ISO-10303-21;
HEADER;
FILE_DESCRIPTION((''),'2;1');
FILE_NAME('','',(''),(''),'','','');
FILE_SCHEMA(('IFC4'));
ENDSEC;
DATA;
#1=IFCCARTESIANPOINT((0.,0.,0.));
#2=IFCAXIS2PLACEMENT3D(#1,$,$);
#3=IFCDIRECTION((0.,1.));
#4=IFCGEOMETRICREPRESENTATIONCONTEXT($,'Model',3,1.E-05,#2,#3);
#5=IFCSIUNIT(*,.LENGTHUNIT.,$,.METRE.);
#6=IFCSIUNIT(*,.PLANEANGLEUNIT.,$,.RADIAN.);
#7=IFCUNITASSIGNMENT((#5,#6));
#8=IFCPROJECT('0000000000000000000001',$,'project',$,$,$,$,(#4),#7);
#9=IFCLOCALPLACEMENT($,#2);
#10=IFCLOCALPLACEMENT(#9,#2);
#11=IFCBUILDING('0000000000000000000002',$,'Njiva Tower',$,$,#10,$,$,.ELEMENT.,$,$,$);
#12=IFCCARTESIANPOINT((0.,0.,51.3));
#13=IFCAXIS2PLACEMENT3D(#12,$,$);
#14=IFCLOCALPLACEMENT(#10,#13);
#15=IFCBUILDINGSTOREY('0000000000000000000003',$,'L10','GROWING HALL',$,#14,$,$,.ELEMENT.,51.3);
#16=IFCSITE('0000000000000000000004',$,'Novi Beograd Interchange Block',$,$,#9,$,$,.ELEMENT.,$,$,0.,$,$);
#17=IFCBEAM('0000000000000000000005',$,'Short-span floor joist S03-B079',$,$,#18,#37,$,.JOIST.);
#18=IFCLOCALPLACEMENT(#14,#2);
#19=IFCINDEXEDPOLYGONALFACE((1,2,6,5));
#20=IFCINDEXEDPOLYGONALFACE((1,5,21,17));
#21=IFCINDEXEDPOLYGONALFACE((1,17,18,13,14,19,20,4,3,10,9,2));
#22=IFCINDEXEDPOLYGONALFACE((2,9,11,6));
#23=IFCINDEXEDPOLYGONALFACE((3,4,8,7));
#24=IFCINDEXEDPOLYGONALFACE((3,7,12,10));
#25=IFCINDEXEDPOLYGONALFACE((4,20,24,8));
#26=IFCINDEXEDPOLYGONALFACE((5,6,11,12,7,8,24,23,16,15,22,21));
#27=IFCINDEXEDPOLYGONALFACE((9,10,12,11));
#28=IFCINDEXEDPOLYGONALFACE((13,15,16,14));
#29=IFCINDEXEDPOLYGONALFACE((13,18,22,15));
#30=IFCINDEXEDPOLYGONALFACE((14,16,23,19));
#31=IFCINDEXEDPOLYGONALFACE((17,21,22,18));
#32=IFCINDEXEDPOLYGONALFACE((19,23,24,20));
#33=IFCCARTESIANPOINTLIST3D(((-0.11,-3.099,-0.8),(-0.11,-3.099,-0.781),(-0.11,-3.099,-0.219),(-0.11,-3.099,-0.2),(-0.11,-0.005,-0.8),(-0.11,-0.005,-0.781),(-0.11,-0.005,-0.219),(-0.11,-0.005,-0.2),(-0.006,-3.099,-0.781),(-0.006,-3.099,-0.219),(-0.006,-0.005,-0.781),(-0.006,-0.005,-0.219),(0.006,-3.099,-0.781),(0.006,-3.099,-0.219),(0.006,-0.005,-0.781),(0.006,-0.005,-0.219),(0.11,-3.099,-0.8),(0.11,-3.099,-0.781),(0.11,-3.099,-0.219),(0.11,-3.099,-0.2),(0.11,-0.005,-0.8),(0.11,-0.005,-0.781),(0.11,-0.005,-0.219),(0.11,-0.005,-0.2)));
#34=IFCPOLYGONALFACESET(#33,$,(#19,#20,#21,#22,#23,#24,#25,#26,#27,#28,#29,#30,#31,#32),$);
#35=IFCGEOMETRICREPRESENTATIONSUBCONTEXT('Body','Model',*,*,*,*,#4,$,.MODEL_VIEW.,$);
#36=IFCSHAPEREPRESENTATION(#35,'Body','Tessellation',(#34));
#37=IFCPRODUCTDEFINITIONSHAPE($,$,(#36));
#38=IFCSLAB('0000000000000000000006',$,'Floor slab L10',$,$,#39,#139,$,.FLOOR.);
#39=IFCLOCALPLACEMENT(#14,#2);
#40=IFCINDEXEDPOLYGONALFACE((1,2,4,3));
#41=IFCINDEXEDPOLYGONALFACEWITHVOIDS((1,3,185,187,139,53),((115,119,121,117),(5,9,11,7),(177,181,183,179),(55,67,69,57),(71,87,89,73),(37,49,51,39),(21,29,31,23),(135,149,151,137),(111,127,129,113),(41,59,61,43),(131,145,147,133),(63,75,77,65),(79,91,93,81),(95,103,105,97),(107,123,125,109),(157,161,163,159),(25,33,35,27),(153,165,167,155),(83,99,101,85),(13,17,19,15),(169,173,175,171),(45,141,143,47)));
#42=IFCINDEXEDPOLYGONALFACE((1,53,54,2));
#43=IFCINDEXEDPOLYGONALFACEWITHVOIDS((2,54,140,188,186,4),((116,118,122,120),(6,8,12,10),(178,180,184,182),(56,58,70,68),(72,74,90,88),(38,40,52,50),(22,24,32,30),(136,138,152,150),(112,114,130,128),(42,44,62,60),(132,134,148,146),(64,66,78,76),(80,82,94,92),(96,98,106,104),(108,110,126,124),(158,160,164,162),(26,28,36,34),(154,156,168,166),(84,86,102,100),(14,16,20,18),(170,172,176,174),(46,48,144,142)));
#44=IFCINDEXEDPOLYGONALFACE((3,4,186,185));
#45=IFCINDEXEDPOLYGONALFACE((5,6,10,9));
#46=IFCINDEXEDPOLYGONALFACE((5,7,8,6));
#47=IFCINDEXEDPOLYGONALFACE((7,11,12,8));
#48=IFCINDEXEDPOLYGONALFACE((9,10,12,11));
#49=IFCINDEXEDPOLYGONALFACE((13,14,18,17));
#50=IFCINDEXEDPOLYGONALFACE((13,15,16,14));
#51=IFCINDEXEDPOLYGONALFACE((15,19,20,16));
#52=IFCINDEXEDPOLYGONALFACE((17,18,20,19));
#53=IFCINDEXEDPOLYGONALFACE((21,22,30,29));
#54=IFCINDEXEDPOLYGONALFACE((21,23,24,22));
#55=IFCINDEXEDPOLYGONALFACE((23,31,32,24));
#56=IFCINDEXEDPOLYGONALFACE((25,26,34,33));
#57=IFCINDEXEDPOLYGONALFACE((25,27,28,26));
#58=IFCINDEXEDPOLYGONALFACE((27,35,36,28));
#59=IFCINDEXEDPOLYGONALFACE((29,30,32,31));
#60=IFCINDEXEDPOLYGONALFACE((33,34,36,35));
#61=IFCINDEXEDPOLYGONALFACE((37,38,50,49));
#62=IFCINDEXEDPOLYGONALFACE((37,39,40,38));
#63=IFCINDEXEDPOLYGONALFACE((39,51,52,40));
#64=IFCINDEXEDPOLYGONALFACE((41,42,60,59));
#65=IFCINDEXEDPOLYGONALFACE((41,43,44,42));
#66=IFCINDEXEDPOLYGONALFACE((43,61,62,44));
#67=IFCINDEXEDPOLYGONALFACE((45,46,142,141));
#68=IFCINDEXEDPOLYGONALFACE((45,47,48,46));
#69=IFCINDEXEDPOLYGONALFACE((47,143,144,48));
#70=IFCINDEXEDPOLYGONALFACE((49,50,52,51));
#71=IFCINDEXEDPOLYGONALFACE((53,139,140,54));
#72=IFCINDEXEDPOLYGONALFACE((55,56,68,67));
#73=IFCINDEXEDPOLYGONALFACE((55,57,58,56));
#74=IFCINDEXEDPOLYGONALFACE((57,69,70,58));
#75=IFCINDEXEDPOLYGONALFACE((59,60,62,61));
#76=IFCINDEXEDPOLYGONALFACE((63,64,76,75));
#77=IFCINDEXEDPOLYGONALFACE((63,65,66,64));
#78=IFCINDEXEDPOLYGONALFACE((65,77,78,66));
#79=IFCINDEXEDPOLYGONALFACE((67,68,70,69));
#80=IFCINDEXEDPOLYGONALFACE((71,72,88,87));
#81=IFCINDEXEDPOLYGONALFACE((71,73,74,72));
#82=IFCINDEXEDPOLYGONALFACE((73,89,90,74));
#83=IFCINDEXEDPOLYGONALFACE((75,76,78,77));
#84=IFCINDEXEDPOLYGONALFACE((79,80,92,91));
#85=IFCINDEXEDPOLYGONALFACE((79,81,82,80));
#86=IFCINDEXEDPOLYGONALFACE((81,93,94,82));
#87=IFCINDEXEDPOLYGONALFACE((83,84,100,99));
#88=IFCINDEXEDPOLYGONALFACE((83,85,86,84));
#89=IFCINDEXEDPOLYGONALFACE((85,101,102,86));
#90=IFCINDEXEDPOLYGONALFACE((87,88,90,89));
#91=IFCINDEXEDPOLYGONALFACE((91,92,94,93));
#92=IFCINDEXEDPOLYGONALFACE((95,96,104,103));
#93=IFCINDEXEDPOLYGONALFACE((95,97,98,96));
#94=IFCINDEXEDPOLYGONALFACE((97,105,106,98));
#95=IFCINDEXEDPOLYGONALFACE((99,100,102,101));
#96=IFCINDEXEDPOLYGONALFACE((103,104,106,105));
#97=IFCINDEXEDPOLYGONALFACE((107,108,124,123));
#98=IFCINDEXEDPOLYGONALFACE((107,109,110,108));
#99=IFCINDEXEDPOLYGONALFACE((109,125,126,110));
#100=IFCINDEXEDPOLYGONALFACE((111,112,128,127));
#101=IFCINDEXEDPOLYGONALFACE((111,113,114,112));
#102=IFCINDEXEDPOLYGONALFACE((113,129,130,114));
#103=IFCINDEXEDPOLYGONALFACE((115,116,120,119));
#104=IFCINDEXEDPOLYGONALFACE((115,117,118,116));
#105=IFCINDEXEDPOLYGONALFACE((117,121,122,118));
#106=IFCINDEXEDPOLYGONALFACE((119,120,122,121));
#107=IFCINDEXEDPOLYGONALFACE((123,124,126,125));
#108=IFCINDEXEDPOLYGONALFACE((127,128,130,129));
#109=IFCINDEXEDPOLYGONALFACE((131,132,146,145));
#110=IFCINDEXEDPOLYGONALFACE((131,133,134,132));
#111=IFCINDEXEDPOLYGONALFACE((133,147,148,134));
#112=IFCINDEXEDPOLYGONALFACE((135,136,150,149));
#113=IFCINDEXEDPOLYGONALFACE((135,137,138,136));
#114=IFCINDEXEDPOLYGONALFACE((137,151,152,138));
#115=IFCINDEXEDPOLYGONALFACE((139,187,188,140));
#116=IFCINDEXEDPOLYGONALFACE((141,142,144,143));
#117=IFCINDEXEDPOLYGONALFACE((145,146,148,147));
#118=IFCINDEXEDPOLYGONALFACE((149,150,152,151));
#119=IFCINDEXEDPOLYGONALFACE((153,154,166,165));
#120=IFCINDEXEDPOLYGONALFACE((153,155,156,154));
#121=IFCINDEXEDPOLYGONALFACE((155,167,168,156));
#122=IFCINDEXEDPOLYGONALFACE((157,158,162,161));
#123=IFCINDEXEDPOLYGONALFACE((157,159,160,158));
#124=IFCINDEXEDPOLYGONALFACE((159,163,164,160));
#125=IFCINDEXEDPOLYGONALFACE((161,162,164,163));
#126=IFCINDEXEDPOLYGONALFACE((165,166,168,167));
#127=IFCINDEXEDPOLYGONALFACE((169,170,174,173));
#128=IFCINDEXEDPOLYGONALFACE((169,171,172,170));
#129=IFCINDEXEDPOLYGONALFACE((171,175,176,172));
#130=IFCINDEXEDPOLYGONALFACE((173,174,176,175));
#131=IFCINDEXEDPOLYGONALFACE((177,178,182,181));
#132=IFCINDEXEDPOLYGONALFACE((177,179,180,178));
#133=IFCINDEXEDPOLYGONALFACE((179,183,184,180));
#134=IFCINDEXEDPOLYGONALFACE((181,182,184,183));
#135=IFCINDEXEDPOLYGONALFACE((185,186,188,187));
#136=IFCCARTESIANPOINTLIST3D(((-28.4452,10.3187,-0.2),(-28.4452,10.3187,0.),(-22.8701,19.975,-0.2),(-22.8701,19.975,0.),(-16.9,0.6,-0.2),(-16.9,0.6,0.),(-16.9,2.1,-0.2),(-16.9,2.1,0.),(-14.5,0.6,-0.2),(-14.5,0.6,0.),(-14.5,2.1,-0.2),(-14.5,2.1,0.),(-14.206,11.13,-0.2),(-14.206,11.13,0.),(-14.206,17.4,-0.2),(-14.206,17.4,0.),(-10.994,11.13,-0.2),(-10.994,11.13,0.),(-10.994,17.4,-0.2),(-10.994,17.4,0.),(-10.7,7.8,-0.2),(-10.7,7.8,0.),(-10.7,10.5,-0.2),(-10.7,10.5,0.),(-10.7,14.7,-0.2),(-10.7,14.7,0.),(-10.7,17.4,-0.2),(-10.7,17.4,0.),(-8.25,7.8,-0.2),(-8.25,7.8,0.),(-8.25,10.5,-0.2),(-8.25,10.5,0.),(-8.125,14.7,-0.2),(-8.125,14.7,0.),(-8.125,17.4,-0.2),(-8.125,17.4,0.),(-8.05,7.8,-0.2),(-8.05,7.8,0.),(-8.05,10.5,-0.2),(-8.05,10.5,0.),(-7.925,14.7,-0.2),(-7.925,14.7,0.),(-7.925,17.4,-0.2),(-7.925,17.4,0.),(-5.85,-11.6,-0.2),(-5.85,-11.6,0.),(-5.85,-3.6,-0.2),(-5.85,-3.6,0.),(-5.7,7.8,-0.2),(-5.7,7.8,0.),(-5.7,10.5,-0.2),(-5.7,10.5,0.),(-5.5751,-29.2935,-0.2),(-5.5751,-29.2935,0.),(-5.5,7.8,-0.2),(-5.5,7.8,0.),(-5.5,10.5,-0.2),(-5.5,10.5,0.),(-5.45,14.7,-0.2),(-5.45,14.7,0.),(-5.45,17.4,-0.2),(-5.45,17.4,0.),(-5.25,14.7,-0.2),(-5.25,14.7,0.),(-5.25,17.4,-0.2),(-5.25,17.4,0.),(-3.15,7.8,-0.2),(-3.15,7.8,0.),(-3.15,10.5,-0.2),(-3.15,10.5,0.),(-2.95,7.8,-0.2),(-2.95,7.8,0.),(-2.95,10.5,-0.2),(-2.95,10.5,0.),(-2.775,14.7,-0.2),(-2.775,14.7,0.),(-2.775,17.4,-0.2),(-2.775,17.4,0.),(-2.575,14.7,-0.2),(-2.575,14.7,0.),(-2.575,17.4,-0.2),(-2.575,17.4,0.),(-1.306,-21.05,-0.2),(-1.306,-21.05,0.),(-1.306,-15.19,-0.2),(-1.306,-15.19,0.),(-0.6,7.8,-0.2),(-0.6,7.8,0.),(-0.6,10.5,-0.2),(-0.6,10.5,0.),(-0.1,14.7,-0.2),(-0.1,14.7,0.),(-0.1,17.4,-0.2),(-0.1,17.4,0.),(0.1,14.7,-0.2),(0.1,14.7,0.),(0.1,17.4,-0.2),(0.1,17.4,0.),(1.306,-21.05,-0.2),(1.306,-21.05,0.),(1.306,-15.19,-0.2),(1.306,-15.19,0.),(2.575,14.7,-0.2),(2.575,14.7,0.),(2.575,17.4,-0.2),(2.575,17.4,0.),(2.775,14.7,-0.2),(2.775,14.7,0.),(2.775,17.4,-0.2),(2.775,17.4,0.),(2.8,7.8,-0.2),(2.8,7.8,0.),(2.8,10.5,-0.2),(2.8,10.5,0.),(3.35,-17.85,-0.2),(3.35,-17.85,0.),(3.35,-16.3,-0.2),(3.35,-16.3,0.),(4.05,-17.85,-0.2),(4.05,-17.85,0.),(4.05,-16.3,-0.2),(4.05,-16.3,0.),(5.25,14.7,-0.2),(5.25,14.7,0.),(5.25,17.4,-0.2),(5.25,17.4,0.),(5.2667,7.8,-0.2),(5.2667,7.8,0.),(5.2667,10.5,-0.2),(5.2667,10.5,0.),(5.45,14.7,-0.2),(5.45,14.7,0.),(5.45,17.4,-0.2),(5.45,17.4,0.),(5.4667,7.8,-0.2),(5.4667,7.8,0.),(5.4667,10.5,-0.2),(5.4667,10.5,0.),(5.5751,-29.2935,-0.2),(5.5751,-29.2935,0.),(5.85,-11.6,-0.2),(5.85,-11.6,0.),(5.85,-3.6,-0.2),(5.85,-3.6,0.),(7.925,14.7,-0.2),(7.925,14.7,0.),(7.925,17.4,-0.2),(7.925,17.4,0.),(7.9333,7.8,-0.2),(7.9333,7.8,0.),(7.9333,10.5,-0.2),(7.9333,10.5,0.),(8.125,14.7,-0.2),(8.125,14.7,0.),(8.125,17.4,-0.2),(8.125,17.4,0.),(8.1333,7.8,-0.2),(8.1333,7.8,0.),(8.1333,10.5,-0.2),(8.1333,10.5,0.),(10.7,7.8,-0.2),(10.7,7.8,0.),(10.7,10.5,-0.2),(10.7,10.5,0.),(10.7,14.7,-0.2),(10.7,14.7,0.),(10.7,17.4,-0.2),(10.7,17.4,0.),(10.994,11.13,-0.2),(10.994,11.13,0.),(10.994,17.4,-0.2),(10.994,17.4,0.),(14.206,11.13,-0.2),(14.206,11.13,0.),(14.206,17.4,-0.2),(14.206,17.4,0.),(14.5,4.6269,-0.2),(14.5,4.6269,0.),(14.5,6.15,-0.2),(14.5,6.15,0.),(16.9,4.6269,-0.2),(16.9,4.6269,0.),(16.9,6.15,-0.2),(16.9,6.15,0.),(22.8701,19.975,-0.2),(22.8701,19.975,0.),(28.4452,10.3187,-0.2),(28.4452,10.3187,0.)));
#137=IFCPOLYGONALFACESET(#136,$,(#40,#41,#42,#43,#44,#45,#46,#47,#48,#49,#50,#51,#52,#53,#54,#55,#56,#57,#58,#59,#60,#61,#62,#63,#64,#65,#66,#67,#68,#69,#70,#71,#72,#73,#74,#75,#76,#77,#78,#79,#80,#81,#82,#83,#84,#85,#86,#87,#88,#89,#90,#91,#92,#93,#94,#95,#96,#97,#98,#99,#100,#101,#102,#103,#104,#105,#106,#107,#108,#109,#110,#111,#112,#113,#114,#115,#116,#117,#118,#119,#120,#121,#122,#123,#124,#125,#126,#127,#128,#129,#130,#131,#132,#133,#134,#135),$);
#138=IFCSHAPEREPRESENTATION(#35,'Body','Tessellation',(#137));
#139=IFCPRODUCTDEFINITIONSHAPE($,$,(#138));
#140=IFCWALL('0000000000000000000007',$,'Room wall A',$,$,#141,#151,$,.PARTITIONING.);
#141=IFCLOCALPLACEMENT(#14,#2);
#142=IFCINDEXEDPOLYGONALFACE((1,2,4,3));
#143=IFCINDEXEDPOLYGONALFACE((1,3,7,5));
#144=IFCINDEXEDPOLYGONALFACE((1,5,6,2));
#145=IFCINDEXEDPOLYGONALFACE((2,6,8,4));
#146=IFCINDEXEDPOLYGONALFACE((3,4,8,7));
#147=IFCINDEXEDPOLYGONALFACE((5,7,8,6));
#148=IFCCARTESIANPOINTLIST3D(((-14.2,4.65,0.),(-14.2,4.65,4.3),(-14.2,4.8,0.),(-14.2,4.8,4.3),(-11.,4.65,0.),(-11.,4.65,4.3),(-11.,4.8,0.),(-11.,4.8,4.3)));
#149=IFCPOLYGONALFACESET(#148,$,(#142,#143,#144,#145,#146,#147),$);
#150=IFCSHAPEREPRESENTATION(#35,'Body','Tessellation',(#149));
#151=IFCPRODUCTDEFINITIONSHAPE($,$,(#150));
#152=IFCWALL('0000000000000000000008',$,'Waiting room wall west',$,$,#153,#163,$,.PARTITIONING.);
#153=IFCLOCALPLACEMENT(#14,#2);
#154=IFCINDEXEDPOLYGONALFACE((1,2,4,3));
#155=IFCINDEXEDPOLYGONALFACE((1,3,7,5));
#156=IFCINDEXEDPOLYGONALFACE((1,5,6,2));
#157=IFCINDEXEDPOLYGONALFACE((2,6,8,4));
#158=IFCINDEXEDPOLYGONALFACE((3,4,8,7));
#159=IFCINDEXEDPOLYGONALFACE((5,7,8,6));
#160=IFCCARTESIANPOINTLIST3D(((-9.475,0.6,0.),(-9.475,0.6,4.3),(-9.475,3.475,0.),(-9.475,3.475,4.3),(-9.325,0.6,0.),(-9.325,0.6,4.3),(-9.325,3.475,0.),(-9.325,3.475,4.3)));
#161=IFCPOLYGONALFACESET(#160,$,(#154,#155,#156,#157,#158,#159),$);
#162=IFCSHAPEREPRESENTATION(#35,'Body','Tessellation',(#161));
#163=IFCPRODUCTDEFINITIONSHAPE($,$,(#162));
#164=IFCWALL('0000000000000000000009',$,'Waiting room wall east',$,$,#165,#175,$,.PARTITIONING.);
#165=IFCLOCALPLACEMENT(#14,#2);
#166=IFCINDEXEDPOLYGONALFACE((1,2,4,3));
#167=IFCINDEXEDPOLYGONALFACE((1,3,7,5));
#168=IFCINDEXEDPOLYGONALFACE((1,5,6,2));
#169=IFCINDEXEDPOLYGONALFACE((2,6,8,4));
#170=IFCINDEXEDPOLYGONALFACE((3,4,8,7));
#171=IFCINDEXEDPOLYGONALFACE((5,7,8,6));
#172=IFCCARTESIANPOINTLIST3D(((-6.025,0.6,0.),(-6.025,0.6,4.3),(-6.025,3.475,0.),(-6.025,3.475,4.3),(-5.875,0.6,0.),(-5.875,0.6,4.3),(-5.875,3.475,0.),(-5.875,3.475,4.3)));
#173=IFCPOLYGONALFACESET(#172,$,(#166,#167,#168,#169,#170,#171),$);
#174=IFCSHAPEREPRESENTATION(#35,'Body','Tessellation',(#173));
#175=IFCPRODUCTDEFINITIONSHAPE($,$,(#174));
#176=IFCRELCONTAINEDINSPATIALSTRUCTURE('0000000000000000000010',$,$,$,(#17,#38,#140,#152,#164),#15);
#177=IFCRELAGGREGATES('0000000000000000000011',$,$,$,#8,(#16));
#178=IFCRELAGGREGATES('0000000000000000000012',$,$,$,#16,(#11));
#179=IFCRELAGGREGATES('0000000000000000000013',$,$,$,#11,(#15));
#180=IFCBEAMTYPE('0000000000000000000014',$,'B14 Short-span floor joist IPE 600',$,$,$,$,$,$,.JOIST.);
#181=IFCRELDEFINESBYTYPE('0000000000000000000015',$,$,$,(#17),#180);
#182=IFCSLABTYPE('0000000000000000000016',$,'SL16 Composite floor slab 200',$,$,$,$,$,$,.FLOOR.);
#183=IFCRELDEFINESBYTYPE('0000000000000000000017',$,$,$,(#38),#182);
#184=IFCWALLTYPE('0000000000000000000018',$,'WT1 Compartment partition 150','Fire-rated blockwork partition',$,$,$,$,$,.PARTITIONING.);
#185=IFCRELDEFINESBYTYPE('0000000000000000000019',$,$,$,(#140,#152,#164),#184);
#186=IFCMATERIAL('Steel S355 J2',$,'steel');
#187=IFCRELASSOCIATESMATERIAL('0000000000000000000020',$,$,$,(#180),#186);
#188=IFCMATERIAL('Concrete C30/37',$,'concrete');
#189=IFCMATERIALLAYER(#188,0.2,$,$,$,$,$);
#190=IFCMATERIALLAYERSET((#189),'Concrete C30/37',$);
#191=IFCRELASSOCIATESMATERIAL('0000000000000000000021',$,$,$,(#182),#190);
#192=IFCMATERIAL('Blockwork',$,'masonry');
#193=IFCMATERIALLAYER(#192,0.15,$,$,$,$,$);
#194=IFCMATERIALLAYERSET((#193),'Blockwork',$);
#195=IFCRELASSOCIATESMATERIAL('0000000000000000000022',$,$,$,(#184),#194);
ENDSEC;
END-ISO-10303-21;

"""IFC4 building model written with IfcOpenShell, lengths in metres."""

from ifc_helpers import new_model, si_unit, direction, frame, frame_2d, origin, origin_2d, place, context, subcontext, project, spatial, polyline, rectangle, i_section, outline, extrude, material, layer, layer_set, material_profile, profile_set, type_object, element, save


model = new_model("IFC4")

# Units and contexts
model_context = context("Model", 3, precision=1e-05, world=origin(), true_north=direction((0.0, 1.0)))
body_context = subcontext(model_context, "Body", "Model", "MODEL_VIEW")
ifc_project = project(units=[si_unit("LENGTHUNIT", "METRE"), si_unit("PLANEANGLEUNIT", "RADIAN")], contexts=[model_context])

# Site, building, storey
site_placement = place(None, origin())
site = spatial("IfcSite", under=ifc_project, at=site_placement, Name="Novi Beograd Interchange Block", CompositionType="ELEMENT", RefElevation=0.0)
building_placement = place(site_placement, origin())
building = spatial("IfcBuilding", under=site, at=building_placement, Name="Njiva Tower", CompositionType="ELEMENT")
storey_placement = place(building_placement, frame((0.0, 0.0, 51.3)))
storey = spatial("IfcBuildingStorey", under=building, at=storey_placement, Name="L10", Description="GROWING HALL", CompositionType="ELEMENT", Elevation=51.3)

# Beam
ifc_material_1 = material(Name="Steel S355 J2", Category="steel")
ifc_material_profile = material_profile(ifc_material_1, i_section(OverallWidth=0.22, OverallDepth=0.6, WebThickness=0.012, FlangeThickness=0.019, at=origin_2d()), Name="IPE 600")
ifc_profile_set = profile_set([ifc_material_profile], Name="Steel S355 J2")
beam_type = type_object("IfcBeamType", Name="B14 Short-span floor joist IPE 600", PredefinedType="JOIST", material=ifc_profile_set)
beam_placement = place(storey_placement, frame((0.0, -0.005, -0.5), z_axis=(0.0, -1.0, 0.0), x_axis=(1.0, 0.0, 0.0)))
element("IfcBeam", 1, at=beam_placement, inside=storey, type_object=beam_type, Name="Short-span floor joist S03-B079", PredefinedType="JOIST", context=body_context, shape_type="SweptSolid", body=[
    extrude(i_section(OverallWidth=0.22, OverallDepth=0.6, WebThickness=0.012, FlangeThickness=0.019, at=origin_2d()), origin(), (0.0, 0.0, 1.0), 3.094),
])

# Slab
ifc_material_2 = material(Name="Concrete C30/37", Category="concrete")
ifc_layer_1 = layer(ifc_material_2, 0.2)
ifc_layer_set_1 = layer_set([ifc_layer_1], Name="Concrete C30/37")
slab_type = type_object("IfcSlabType", Name="SL16 Composite floor slab 200", PredefinedType="FLOOR", material=ifc_layer_set_1)
slab_placement = place(storey_placement, frame((0.0, 0.0, -0.2)))
element("IfcSlab", 2, at=slab_placement, inside=storey, type_object=slab_type, Name="Floor slab L10", PredefinedType="FLOOR", context=body_context, shape_type="SweptSolid", body=[
    extrude(outline(polyline([(28.4452, 10.3187), (5.5751, -29.2935), (-5.5751, -29.2935), (-28.4452, 10.3187), (-22.8701, 19.975), (22.8701, 19.975), (28.4452, 10.3187)]), holes=[polyline([(14.5, 4.6269), (16.9, 4.6269), (16.9, 6.15), (14.5, 6.15), (14.5, 4.6269)]), polyline([(10.994, 17.4), (10.994, 11.13), (14.206, 11.13), (14.206, 17.4), (10.994, 17.4)]), polyline([(8.125, 17.4), (8.125, 14.7), (10.7, 14.7), (10.7, 17.4), (8.125, 17.4)]), polyline([(8.1333, 7.8), (10.7, 7.8), (10.7, 10.5), (8.1333, 10.5), (8.1333, 7.8)]), polyline([(5.4667, 10.5), (5.4667, 7.8), (7.9333, 7.8), (7.9333, 10.5), (5.4667, 10.5)]), polyline([(5.45, 17.4), (5.45, 14.7), (7.925, 14.7), (7.925, 17.4), (5.45, 17.4)]), polyline([(5.85, -11.6), (5.85, -3.6), (-5.85, -3.6), (-5.85, -11.6), (5.85, -11.6)]), polyline([(2.8, 10.5), (2.8, 7.8), (5.2667, 7.8), (5.2667, 10.5), (2.8, 10.5)]), polyline([(2.775, 14.7), (5.25, 14.7), (5.25, 17.4), (2.775, 17.4), (2.775, 14.7)]), polyline([(3.35, -17.85), (4.05, -17.85), (4.05, -16.3), (3.35, -16.3), (3.35, -17.85)]), polyline([(0.1, 17.4), (0.1, 14.7), (2.575, 14.7), (2.575, 17.4), (0.1, 17.4)]), polyline([(-1.306, -21.05), (1.306, -21.05), (1.306, -15.19), (-1.306, -15.19), (-1.306, -21.05)]), polyline([(-2.575, 17.4), (-2.575, 14.7), (-0.1, 14.7), (-0.1, 17.4), (-2.575, 17.4)]), polyline([(-2.95, 7.8), (-0.6, 7.8), (-0.6, 10.5), (-2.95, 10.5), (-2.95, 7.8)]), polyline([(-5.25, 17.4), (-5.25, 14.7), (-2.775, 14.7), (-2.775, 17.4), (-5.25, 17.4)]), polyline([(-5.5, 10.5), (-5.5, 7.8), (-3.15, 7.8), (-3.15, 10.5), (-5.5, 10.5)]), polyline([(-7.925, 14.7), (-5.45, 14.7), (-5.45, 17.4), (-7.925, 17.4), (-7.925, 14.7)]), polyline([(-8.05, 10.5), (-8.05, 7.8), (-5.7, 7.8), (-5.7, 10.5), (-8.05, 10.5)]), polyline([(-10.7, 17.4), (-10.7, 14.7), (-8.125, 14.7), (-8.125, 17.4), (-10.7, 17.4)]), polyline([(-10.7, 7.8), (-8.25, 7.8), (-8.25, 10.5), (-10.7, 10.5), (-10.7, 7.8)]), polyline([(-14.206, 17.4), (-14.206, 11.13), (-10.994, 11.13), (-10.994, 17.4), (-14.206, 17.4)]), polyline([(-16.9, 0.6), (-14.5, 0.6), (-14.5, 2.1), (-16.9, 2.1), (-16.9, 0.6)])]), origin(), (0.0, 0.0, 1.0), 0.2),
])

# Walls
ifc_material_3 = material(Name="Blockwork", Category="masonry")
ifc_layer_2 = layer(ifc_material_3, 0.15)
ifc_layer_set_2 = layer_set([ifc_layer_2], Name="Blockwork")
wall_type_1 = type_object("IfcWallType", Name="WT1 Compartment partition 150", Description="Fire-rated blockwork partition", PredefinedType="PARTITIONING", material=ifc_layer_set_2)
wall_1_placement = place(storey_placement, frame((-14.2, 4.725, 0.0), z_axis=(0.0, 0.0, 1.0), x_axis=(1.0, 0.0, 0.0)))
element("IfcWall", 3, at=wall_1_placement, inside=storey, type_object=wall_type_1, Name="Room wall A", PredefinedType="PARTITIONING", context=body_context, shape_type="SweptSolid", body=[
    extrude(rectangle(XDim=3.2, YDim=0.15, at=frame_2d((1.6, 0.0))), origin(), (0.0, 0.0, 1.0), 4.3),
])
for number, where, z_axis, x_axis, name in (
    (4, (-9.4, 0.6, 0.0), (0.0, 0.0, 1.0), (0.0, 1.0, 0.0), "Waiting room wall west"),
    (5, (-5.95, 0.6, 0.0), (0.0, 0.0, 1.0), (0.0, 1.0, 0.0), "Waiting room wall east"),
):
    element("IfcWall", number, at=place(storey_placement, frame(where, z_axis=z_axis, x_axis=x_axis)), inside=storey, type_object=wall_type_1, Name=name, PredefinedType="PARTITIONING", context=body_context, shape_type="SweptSolid", body=[
        extrude(rectangle(XDim=2.875, YDim=0.15, at=frame_2d((1.4375, 0.0))), origin(), (0.0, 0.0, 1.0), 4.3),
    ])

save(model, "model.ifc")
